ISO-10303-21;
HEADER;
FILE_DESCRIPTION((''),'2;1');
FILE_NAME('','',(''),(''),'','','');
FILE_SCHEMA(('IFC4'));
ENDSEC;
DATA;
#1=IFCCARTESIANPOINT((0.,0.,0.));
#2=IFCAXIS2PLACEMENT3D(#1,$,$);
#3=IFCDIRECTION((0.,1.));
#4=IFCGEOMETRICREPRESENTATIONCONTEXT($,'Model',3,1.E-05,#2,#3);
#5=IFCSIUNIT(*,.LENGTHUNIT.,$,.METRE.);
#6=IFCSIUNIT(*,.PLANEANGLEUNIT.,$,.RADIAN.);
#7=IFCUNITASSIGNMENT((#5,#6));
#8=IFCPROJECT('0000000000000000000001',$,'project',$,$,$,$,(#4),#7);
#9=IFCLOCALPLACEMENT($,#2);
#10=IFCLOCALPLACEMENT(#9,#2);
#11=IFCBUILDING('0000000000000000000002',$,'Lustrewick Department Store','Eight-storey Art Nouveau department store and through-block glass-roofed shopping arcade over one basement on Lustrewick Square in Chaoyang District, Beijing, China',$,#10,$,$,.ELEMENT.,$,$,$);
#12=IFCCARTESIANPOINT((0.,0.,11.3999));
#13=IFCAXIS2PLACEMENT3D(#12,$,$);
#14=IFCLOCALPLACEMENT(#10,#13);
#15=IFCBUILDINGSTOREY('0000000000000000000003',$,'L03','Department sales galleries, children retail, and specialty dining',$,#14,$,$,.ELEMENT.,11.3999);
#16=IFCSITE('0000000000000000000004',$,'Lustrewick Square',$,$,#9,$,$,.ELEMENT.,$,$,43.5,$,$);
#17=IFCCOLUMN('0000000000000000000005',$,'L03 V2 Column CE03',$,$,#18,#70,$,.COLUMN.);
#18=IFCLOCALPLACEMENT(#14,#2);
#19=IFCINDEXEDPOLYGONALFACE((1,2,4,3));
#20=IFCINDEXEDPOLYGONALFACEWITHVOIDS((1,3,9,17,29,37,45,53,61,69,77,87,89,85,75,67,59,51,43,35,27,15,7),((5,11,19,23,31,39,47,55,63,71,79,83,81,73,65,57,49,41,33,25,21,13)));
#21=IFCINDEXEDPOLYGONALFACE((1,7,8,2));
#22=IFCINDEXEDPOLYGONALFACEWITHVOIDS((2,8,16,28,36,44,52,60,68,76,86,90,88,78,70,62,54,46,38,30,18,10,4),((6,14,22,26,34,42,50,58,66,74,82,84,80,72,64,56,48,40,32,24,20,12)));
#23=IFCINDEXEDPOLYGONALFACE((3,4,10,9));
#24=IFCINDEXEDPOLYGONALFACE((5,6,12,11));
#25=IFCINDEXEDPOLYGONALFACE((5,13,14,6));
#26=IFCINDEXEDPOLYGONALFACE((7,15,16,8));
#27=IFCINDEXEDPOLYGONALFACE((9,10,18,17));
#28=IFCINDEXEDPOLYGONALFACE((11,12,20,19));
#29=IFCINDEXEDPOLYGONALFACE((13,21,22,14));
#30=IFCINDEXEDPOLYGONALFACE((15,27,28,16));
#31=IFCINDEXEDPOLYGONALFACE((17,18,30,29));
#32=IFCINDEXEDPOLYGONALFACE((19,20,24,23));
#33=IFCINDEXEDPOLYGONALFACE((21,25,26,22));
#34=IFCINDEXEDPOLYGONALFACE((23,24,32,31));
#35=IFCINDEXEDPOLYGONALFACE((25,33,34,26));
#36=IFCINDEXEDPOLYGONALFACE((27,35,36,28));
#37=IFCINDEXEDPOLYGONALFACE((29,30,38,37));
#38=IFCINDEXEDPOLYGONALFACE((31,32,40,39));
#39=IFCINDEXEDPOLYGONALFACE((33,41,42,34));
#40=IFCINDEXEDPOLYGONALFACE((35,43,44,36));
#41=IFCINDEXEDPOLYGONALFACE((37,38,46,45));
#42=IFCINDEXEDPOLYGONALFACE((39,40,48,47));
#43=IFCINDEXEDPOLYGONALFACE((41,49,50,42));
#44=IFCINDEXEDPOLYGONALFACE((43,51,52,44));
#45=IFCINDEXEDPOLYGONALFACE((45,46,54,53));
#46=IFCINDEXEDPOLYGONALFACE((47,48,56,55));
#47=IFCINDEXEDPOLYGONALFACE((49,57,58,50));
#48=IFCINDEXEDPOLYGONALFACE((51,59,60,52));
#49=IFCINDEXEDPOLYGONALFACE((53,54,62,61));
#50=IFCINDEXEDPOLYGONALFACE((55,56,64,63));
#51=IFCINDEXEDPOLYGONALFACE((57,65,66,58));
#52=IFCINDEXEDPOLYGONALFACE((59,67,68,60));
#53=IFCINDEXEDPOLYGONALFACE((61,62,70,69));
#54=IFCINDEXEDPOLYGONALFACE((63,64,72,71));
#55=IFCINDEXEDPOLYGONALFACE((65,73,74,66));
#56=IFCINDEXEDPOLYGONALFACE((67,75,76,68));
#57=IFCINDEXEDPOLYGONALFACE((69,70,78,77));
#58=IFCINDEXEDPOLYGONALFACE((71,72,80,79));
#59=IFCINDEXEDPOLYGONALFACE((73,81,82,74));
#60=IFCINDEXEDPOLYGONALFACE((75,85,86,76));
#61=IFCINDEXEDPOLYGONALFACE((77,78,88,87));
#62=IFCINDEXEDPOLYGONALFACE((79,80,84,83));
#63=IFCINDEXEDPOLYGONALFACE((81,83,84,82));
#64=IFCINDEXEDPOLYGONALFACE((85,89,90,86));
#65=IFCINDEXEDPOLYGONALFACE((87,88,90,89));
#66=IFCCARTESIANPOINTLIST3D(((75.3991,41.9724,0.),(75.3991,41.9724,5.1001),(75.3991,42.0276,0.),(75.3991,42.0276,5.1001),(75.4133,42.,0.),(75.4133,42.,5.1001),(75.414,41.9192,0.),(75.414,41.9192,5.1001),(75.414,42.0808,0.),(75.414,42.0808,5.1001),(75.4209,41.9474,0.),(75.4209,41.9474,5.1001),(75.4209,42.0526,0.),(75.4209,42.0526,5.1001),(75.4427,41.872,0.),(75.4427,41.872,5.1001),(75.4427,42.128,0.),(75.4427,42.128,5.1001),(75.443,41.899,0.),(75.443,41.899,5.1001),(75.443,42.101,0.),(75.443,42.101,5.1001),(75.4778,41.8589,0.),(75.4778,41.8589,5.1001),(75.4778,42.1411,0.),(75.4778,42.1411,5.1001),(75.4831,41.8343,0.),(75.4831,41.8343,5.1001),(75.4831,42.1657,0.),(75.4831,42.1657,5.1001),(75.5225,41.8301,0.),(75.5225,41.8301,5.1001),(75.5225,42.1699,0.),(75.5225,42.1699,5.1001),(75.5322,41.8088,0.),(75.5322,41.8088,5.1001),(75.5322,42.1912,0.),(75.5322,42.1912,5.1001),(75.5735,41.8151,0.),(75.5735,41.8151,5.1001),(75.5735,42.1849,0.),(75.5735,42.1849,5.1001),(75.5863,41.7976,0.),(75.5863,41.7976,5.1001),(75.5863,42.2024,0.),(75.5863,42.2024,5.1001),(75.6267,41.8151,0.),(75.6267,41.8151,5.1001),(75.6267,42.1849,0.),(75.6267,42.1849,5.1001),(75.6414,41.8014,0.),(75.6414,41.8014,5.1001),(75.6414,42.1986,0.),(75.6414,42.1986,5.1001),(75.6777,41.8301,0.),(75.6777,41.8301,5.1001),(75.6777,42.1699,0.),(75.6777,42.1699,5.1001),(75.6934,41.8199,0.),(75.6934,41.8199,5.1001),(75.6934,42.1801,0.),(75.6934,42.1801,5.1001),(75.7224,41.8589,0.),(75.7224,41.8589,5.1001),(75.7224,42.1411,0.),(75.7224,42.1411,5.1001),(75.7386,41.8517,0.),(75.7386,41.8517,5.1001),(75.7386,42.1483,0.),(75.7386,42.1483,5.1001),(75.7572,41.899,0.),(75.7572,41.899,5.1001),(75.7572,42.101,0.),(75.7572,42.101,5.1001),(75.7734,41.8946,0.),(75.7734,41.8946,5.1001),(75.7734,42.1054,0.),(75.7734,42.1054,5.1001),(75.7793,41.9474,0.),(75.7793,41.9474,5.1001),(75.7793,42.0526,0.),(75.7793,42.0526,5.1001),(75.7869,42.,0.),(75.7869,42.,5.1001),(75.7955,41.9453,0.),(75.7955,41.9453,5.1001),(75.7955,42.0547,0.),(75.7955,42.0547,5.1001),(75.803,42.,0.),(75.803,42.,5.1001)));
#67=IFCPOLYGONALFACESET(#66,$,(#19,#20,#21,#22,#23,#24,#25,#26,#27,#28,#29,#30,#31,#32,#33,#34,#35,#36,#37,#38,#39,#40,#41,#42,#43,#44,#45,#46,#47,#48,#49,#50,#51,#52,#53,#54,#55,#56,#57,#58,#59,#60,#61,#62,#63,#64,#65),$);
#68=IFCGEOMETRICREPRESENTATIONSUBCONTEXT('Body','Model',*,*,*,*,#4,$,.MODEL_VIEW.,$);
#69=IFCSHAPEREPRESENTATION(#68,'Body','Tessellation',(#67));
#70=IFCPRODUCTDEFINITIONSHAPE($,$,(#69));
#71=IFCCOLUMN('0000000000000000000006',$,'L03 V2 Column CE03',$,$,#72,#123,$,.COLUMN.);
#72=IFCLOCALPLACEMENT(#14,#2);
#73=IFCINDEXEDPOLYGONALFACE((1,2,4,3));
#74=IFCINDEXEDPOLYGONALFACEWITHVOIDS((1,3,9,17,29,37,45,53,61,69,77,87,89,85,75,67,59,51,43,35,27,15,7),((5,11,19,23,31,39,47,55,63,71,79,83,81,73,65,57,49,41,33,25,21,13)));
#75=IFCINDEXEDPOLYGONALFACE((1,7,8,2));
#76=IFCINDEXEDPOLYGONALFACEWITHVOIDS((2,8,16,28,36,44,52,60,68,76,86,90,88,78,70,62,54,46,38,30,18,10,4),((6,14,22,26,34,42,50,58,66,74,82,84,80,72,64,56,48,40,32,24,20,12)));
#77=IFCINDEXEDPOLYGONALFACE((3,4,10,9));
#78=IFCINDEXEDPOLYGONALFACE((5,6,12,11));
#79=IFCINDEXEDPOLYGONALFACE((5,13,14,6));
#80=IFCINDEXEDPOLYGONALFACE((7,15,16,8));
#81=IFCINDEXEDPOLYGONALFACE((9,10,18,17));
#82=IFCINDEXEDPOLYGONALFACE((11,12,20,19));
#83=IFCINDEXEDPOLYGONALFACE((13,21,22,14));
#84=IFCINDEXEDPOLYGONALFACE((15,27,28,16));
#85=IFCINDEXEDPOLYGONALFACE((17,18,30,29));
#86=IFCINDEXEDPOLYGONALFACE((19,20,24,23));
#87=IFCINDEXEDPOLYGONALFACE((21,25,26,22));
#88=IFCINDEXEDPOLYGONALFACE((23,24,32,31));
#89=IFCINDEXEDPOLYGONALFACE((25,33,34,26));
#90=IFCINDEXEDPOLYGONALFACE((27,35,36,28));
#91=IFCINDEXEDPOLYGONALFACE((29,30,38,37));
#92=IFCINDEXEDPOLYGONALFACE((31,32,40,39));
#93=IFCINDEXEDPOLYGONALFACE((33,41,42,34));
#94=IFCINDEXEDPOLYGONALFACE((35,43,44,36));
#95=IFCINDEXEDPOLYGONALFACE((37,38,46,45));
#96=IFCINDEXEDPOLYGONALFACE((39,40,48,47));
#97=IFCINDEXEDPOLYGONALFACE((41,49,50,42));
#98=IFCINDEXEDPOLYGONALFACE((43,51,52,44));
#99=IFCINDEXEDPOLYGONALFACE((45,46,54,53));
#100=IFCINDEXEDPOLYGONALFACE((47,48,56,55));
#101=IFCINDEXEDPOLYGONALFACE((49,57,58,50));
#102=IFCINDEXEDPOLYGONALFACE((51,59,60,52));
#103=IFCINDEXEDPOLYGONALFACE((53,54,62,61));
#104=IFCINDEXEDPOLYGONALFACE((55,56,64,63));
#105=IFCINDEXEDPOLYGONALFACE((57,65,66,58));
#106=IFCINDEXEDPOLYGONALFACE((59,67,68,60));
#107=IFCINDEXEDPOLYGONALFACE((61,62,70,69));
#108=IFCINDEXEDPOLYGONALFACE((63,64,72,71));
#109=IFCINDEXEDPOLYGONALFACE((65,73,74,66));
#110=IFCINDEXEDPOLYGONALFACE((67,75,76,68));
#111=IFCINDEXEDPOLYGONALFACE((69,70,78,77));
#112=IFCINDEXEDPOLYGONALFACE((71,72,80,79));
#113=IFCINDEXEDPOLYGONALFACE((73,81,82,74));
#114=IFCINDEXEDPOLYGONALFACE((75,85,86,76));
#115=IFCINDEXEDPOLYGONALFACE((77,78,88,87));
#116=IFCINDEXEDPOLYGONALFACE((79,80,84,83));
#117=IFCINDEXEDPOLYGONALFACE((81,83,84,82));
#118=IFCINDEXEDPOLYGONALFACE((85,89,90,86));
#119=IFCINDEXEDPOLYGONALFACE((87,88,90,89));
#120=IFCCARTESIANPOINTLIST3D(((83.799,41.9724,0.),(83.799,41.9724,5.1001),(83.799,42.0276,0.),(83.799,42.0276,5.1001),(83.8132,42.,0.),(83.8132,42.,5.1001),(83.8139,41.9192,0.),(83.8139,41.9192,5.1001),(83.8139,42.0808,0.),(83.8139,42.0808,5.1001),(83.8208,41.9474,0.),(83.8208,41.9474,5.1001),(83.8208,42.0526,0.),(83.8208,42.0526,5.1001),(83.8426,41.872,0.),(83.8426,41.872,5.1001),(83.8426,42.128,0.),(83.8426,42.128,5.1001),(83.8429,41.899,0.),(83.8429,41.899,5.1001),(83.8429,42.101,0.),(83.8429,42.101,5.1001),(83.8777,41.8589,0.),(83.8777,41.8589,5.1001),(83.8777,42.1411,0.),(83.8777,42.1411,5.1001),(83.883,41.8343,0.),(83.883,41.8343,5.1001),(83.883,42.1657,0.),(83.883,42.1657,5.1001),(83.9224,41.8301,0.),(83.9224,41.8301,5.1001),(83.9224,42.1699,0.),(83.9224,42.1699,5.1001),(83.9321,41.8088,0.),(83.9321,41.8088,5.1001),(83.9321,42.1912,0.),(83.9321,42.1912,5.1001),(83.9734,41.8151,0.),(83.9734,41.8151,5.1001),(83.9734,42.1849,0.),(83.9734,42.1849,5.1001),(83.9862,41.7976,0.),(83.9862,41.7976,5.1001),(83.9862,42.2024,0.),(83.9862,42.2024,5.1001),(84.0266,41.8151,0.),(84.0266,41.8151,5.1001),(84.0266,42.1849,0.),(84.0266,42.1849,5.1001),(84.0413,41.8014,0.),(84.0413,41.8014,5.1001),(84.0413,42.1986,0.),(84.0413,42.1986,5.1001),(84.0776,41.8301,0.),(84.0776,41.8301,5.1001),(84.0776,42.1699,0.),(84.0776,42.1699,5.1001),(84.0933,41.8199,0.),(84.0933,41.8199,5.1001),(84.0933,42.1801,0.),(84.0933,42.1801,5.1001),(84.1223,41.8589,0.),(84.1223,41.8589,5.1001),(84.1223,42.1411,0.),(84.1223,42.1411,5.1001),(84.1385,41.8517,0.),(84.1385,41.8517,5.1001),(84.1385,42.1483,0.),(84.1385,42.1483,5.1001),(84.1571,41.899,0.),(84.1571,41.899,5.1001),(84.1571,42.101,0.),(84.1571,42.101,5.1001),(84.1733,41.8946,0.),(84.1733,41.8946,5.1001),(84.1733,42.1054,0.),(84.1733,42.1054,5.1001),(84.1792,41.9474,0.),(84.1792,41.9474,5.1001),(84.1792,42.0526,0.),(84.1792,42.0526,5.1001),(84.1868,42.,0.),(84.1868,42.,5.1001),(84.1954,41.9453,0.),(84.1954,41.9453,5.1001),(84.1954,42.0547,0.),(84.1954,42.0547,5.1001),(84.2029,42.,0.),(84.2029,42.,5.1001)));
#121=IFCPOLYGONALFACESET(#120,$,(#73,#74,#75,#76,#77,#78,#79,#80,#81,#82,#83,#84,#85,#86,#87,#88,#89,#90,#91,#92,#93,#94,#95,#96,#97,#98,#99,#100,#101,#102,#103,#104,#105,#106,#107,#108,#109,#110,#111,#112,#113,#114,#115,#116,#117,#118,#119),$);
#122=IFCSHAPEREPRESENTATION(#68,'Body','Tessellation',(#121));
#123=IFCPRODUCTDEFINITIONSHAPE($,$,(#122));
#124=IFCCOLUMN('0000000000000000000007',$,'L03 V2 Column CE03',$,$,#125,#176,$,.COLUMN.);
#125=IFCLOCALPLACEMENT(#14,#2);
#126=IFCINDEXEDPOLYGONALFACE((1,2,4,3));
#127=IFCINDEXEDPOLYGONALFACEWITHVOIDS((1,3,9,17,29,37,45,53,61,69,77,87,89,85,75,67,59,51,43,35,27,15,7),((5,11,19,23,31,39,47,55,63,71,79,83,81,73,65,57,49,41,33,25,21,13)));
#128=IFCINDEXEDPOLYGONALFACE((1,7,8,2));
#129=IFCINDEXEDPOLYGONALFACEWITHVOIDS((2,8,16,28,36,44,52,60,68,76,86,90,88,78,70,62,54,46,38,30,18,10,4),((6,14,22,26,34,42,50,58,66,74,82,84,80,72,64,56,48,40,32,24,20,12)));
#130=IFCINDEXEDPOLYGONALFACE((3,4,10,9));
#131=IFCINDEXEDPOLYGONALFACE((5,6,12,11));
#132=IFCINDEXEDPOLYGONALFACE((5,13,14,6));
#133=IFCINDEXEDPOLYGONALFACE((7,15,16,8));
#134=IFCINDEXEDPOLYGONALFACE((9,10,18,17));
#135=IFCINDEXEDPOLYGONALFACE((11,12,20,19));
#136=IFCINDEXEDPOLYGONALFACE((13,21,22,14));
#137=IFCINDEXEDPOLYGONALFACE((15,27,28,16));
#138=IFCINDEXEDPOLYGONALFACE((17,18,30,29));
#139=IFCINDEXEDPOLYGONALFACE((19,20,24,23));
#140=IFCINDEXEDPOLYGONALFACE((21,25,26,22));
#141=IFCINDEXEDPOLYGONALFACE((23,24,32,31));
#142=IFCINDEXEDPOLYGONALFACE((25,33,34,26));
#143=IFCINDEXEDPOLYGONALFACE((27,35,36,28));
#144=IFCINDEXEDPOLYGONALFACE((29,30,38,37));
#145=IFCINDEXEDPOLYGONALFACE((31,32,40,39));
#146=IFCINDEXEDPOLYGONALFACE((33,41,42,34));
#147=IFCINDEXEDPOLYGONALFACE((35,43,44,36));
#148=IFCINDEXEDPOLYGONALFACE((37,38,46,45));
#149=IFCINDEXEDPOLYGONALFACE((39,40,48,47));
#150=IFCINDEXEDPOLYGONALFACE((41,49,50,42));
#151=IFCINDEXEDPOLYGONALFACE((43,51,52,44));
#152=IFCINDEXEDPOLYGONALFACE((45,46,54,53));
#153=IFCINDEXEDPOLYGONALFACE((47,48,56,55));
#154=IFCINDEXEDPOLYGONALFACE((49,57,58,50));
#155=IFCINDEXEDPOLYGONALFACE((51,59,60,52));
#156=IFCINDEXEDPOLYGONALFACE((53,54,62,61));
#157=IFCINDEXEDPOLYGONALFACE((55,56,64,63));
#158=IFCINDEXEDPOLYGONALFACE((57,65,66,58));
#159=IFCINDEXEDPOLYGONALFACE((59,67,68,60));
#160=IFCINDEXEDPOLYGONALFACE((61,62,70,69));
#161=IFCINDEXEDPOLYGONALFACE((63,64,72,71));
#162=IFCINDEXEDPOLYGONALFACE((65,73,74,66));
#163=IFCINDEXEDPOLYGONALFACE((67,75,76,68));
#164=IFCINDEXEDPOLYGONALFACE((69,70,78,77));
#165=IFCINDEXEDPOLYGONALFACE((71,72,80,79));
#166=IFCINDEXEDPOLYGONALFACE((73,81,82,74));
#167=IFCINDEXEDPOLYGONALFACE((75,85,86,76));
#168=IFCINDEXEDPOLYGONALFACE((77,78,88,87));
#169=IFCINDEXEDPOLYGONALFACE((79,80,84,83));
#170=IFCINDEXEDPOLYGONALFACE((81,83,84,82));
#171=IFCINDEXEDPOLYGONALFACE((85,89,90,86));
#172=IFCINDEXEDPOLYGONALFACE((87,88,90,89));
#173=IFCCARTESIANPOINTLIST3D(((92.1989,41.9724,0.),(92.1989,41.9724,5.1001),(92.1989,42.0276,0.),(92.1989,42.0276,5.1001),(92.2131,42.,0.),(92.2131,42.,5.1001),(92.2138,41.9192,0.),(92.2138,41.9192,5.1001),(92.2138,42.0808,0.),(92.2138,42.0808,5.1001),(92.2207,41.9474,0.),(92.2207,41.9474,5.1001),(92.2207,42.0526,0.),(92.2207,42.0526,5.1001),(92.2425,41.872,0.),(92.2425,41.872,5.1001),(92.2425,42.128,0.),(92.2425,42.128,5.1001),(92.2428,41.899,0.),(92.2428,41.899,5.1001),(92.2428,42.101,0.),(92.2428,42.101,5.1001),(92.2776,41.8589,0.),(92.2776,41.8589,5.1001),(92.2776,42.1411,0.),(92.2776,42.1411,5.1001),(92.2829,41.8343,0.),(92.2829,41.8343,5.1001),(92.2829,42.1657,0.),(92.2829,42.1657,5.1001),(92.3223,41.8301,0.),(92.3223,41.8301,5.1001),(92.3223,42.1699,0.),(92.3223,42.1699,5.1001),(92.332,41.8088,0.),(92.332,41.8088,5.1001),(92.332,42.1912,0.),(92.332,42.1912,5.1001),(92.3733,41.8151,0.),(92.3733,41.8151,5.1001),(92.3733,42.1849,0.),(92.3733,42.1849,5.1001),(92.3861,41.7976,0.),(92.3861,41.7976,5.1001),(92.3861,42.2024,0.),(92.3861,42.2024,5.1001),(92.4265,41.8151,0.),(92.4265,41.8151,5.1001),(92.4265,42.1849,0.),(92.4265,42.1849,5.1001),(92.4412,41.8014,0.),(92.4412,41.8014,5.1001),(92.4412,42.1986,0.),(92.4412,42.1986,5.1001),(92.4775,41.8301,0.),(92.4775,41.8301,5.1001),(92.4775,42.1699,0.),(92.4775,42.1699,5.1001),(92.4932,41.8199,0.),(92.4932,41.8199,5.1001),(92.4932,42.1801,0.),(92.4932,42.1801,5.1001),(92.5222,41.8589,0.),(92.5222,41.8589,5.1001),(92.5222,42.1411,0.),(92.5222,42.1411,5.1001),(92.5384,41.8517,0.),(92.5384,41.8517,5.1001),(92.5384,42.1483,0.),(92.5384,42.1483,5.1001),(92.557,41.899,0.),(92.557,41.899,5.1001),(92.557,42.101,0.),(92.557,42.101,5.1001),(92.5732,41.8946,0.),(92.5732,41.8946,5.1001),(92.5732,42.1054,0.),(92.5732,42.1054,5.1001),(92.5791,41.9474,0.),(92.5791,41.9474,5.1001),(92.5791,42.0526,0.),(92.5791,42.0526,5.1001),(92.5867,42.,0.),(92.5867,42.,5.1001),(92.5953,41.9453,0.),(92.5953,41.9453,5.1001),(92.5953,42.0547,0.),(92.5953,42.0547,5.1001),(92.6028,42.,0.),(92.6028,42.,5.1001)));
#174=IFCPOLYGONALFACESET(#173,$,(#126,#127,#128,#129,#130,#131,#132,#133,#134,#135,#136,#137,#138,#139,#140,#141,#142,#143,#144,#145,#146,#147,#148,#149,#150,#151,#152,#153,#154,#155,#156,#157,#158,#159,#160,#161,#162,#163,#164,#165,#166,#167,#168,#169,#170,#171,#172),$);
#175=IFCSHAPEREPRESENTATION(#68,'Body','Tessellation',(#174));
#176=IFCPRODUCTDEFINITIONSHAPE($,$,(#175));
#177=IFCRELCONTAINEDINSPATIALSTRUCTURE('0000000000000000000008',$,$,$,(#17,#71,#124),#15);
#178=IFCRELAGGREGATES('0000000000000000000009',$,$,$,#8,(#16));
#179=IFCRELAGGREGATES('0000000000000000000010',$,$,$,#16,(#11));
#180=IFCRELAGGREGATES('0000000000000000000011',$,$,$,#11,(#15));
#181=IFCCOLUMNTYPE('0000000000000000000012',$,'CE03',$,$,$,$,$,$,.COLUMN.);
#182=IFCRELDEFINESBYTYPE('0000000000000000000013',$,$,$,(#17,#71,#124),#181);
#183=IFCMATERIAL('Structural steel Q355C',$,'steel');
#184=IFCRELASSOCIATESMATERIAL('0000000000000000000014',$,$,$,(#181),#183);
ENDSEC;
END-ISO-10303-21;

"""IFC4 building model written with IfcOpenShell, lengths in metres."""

from ifc_helpers import new_model, si_unit, direction, frame, origin, origin_2d, place, context, subcontext, project, spatial, hollow_circle, extrude, material, material_profile, profile_set, type_object, element, save


model = new_model("IFC4")

# Units and contexts
model_context = context("Model", 3, precision=1e-05, world=origin(), true_north=direction((0.0, 1.0)))
body_context = subcontext(model_context, "Body", "Model", "MODEL_VIEW")
ifc_project = project(units=[si_unit("LENGTHUNIT", "METRE"), si_unit("PLANEANGLEUNIT", "RADIAN")], contexts=[model_context])

# Site, building, storey
site_placement = place(None, origin())
site = spatial("IfcSite", under=ifc_project, at=site_placement, Name="Lustrewick Square", CompositionType="ELEMENT", RefElevation=43.5)
building_placement = place(site_placement, origin())
building = spatial("IfcBuilding", under=site, at=building_placement, Name="Lustrewick Department Store", Description="Eight-storey Art Nouveau department store and through-block glass-roofed shopping arcade over one basement on Lustrewick Square in Chaoyang District, Beijing, China", CompositionType="ELEMENT")
storey_placement = place(building_placement, frame((0.0, 0.0, 11.3999)))
storey = spatial("IfcBuildingStorey", under=building, at=storey_placement, Name="L03", Description="Department sales galleries, children retail, and specialty dining", CompositionType="ELEMENT", Elevation=11.3999)

# Columns
ifc_material_1 = material(Name="Structural steel Q355C", Category="steel")
ifc_material_profile_1 = material_profile(ifc_material_1, hollow_circle(Radius=0.2029, WallThickness=0.0161, at=origin_2d()), Name="CHS 406x16")
ifc_profile_set_1 = profile_set([ifc_material_profile_1], Name="Structural steel Q355C")
column_type = type_object("IfcColumnType", Name="CE03", PredefinedType="COLUMN", material=ifc_profile_set_1)
for number, where, z_axis, x_axis, name in (
    (1, (75.6001, 42.0, 0.0), (0.0, 0.0, 1.0), (1.0, 0.0, 0.0), "L03 V2 Column CE03"),
    (2, (84.0, 42.0, 0.0), (0.0, 0.0, 1.0), (1.0, 0.0, 0.0), "L03 V2 Column CE03"),
    (3, (92.3999, 42.0, 0.0), (0.0, 0.0, 1.0), (1.0, 0.0, 0.0), "L03 V2 Column CE03"),
):
    element("IfcColumn", number, at=place(storey_placement, frame(where, z_axis=z_axis, x_axis=x_axis)), inside=storey, type_object=column_type, Name=name, PredefinedType="COLUMN", context=body_context, shape_type="SweptSolid", body=[
        extrude(hollow_circle(Radius=0.2029, WallThickness=0.0161, at=origin_2d()), origin(), (0.0, 0.0, 1.0), 5.1001),
    ])

save(model, "model.ifc")
